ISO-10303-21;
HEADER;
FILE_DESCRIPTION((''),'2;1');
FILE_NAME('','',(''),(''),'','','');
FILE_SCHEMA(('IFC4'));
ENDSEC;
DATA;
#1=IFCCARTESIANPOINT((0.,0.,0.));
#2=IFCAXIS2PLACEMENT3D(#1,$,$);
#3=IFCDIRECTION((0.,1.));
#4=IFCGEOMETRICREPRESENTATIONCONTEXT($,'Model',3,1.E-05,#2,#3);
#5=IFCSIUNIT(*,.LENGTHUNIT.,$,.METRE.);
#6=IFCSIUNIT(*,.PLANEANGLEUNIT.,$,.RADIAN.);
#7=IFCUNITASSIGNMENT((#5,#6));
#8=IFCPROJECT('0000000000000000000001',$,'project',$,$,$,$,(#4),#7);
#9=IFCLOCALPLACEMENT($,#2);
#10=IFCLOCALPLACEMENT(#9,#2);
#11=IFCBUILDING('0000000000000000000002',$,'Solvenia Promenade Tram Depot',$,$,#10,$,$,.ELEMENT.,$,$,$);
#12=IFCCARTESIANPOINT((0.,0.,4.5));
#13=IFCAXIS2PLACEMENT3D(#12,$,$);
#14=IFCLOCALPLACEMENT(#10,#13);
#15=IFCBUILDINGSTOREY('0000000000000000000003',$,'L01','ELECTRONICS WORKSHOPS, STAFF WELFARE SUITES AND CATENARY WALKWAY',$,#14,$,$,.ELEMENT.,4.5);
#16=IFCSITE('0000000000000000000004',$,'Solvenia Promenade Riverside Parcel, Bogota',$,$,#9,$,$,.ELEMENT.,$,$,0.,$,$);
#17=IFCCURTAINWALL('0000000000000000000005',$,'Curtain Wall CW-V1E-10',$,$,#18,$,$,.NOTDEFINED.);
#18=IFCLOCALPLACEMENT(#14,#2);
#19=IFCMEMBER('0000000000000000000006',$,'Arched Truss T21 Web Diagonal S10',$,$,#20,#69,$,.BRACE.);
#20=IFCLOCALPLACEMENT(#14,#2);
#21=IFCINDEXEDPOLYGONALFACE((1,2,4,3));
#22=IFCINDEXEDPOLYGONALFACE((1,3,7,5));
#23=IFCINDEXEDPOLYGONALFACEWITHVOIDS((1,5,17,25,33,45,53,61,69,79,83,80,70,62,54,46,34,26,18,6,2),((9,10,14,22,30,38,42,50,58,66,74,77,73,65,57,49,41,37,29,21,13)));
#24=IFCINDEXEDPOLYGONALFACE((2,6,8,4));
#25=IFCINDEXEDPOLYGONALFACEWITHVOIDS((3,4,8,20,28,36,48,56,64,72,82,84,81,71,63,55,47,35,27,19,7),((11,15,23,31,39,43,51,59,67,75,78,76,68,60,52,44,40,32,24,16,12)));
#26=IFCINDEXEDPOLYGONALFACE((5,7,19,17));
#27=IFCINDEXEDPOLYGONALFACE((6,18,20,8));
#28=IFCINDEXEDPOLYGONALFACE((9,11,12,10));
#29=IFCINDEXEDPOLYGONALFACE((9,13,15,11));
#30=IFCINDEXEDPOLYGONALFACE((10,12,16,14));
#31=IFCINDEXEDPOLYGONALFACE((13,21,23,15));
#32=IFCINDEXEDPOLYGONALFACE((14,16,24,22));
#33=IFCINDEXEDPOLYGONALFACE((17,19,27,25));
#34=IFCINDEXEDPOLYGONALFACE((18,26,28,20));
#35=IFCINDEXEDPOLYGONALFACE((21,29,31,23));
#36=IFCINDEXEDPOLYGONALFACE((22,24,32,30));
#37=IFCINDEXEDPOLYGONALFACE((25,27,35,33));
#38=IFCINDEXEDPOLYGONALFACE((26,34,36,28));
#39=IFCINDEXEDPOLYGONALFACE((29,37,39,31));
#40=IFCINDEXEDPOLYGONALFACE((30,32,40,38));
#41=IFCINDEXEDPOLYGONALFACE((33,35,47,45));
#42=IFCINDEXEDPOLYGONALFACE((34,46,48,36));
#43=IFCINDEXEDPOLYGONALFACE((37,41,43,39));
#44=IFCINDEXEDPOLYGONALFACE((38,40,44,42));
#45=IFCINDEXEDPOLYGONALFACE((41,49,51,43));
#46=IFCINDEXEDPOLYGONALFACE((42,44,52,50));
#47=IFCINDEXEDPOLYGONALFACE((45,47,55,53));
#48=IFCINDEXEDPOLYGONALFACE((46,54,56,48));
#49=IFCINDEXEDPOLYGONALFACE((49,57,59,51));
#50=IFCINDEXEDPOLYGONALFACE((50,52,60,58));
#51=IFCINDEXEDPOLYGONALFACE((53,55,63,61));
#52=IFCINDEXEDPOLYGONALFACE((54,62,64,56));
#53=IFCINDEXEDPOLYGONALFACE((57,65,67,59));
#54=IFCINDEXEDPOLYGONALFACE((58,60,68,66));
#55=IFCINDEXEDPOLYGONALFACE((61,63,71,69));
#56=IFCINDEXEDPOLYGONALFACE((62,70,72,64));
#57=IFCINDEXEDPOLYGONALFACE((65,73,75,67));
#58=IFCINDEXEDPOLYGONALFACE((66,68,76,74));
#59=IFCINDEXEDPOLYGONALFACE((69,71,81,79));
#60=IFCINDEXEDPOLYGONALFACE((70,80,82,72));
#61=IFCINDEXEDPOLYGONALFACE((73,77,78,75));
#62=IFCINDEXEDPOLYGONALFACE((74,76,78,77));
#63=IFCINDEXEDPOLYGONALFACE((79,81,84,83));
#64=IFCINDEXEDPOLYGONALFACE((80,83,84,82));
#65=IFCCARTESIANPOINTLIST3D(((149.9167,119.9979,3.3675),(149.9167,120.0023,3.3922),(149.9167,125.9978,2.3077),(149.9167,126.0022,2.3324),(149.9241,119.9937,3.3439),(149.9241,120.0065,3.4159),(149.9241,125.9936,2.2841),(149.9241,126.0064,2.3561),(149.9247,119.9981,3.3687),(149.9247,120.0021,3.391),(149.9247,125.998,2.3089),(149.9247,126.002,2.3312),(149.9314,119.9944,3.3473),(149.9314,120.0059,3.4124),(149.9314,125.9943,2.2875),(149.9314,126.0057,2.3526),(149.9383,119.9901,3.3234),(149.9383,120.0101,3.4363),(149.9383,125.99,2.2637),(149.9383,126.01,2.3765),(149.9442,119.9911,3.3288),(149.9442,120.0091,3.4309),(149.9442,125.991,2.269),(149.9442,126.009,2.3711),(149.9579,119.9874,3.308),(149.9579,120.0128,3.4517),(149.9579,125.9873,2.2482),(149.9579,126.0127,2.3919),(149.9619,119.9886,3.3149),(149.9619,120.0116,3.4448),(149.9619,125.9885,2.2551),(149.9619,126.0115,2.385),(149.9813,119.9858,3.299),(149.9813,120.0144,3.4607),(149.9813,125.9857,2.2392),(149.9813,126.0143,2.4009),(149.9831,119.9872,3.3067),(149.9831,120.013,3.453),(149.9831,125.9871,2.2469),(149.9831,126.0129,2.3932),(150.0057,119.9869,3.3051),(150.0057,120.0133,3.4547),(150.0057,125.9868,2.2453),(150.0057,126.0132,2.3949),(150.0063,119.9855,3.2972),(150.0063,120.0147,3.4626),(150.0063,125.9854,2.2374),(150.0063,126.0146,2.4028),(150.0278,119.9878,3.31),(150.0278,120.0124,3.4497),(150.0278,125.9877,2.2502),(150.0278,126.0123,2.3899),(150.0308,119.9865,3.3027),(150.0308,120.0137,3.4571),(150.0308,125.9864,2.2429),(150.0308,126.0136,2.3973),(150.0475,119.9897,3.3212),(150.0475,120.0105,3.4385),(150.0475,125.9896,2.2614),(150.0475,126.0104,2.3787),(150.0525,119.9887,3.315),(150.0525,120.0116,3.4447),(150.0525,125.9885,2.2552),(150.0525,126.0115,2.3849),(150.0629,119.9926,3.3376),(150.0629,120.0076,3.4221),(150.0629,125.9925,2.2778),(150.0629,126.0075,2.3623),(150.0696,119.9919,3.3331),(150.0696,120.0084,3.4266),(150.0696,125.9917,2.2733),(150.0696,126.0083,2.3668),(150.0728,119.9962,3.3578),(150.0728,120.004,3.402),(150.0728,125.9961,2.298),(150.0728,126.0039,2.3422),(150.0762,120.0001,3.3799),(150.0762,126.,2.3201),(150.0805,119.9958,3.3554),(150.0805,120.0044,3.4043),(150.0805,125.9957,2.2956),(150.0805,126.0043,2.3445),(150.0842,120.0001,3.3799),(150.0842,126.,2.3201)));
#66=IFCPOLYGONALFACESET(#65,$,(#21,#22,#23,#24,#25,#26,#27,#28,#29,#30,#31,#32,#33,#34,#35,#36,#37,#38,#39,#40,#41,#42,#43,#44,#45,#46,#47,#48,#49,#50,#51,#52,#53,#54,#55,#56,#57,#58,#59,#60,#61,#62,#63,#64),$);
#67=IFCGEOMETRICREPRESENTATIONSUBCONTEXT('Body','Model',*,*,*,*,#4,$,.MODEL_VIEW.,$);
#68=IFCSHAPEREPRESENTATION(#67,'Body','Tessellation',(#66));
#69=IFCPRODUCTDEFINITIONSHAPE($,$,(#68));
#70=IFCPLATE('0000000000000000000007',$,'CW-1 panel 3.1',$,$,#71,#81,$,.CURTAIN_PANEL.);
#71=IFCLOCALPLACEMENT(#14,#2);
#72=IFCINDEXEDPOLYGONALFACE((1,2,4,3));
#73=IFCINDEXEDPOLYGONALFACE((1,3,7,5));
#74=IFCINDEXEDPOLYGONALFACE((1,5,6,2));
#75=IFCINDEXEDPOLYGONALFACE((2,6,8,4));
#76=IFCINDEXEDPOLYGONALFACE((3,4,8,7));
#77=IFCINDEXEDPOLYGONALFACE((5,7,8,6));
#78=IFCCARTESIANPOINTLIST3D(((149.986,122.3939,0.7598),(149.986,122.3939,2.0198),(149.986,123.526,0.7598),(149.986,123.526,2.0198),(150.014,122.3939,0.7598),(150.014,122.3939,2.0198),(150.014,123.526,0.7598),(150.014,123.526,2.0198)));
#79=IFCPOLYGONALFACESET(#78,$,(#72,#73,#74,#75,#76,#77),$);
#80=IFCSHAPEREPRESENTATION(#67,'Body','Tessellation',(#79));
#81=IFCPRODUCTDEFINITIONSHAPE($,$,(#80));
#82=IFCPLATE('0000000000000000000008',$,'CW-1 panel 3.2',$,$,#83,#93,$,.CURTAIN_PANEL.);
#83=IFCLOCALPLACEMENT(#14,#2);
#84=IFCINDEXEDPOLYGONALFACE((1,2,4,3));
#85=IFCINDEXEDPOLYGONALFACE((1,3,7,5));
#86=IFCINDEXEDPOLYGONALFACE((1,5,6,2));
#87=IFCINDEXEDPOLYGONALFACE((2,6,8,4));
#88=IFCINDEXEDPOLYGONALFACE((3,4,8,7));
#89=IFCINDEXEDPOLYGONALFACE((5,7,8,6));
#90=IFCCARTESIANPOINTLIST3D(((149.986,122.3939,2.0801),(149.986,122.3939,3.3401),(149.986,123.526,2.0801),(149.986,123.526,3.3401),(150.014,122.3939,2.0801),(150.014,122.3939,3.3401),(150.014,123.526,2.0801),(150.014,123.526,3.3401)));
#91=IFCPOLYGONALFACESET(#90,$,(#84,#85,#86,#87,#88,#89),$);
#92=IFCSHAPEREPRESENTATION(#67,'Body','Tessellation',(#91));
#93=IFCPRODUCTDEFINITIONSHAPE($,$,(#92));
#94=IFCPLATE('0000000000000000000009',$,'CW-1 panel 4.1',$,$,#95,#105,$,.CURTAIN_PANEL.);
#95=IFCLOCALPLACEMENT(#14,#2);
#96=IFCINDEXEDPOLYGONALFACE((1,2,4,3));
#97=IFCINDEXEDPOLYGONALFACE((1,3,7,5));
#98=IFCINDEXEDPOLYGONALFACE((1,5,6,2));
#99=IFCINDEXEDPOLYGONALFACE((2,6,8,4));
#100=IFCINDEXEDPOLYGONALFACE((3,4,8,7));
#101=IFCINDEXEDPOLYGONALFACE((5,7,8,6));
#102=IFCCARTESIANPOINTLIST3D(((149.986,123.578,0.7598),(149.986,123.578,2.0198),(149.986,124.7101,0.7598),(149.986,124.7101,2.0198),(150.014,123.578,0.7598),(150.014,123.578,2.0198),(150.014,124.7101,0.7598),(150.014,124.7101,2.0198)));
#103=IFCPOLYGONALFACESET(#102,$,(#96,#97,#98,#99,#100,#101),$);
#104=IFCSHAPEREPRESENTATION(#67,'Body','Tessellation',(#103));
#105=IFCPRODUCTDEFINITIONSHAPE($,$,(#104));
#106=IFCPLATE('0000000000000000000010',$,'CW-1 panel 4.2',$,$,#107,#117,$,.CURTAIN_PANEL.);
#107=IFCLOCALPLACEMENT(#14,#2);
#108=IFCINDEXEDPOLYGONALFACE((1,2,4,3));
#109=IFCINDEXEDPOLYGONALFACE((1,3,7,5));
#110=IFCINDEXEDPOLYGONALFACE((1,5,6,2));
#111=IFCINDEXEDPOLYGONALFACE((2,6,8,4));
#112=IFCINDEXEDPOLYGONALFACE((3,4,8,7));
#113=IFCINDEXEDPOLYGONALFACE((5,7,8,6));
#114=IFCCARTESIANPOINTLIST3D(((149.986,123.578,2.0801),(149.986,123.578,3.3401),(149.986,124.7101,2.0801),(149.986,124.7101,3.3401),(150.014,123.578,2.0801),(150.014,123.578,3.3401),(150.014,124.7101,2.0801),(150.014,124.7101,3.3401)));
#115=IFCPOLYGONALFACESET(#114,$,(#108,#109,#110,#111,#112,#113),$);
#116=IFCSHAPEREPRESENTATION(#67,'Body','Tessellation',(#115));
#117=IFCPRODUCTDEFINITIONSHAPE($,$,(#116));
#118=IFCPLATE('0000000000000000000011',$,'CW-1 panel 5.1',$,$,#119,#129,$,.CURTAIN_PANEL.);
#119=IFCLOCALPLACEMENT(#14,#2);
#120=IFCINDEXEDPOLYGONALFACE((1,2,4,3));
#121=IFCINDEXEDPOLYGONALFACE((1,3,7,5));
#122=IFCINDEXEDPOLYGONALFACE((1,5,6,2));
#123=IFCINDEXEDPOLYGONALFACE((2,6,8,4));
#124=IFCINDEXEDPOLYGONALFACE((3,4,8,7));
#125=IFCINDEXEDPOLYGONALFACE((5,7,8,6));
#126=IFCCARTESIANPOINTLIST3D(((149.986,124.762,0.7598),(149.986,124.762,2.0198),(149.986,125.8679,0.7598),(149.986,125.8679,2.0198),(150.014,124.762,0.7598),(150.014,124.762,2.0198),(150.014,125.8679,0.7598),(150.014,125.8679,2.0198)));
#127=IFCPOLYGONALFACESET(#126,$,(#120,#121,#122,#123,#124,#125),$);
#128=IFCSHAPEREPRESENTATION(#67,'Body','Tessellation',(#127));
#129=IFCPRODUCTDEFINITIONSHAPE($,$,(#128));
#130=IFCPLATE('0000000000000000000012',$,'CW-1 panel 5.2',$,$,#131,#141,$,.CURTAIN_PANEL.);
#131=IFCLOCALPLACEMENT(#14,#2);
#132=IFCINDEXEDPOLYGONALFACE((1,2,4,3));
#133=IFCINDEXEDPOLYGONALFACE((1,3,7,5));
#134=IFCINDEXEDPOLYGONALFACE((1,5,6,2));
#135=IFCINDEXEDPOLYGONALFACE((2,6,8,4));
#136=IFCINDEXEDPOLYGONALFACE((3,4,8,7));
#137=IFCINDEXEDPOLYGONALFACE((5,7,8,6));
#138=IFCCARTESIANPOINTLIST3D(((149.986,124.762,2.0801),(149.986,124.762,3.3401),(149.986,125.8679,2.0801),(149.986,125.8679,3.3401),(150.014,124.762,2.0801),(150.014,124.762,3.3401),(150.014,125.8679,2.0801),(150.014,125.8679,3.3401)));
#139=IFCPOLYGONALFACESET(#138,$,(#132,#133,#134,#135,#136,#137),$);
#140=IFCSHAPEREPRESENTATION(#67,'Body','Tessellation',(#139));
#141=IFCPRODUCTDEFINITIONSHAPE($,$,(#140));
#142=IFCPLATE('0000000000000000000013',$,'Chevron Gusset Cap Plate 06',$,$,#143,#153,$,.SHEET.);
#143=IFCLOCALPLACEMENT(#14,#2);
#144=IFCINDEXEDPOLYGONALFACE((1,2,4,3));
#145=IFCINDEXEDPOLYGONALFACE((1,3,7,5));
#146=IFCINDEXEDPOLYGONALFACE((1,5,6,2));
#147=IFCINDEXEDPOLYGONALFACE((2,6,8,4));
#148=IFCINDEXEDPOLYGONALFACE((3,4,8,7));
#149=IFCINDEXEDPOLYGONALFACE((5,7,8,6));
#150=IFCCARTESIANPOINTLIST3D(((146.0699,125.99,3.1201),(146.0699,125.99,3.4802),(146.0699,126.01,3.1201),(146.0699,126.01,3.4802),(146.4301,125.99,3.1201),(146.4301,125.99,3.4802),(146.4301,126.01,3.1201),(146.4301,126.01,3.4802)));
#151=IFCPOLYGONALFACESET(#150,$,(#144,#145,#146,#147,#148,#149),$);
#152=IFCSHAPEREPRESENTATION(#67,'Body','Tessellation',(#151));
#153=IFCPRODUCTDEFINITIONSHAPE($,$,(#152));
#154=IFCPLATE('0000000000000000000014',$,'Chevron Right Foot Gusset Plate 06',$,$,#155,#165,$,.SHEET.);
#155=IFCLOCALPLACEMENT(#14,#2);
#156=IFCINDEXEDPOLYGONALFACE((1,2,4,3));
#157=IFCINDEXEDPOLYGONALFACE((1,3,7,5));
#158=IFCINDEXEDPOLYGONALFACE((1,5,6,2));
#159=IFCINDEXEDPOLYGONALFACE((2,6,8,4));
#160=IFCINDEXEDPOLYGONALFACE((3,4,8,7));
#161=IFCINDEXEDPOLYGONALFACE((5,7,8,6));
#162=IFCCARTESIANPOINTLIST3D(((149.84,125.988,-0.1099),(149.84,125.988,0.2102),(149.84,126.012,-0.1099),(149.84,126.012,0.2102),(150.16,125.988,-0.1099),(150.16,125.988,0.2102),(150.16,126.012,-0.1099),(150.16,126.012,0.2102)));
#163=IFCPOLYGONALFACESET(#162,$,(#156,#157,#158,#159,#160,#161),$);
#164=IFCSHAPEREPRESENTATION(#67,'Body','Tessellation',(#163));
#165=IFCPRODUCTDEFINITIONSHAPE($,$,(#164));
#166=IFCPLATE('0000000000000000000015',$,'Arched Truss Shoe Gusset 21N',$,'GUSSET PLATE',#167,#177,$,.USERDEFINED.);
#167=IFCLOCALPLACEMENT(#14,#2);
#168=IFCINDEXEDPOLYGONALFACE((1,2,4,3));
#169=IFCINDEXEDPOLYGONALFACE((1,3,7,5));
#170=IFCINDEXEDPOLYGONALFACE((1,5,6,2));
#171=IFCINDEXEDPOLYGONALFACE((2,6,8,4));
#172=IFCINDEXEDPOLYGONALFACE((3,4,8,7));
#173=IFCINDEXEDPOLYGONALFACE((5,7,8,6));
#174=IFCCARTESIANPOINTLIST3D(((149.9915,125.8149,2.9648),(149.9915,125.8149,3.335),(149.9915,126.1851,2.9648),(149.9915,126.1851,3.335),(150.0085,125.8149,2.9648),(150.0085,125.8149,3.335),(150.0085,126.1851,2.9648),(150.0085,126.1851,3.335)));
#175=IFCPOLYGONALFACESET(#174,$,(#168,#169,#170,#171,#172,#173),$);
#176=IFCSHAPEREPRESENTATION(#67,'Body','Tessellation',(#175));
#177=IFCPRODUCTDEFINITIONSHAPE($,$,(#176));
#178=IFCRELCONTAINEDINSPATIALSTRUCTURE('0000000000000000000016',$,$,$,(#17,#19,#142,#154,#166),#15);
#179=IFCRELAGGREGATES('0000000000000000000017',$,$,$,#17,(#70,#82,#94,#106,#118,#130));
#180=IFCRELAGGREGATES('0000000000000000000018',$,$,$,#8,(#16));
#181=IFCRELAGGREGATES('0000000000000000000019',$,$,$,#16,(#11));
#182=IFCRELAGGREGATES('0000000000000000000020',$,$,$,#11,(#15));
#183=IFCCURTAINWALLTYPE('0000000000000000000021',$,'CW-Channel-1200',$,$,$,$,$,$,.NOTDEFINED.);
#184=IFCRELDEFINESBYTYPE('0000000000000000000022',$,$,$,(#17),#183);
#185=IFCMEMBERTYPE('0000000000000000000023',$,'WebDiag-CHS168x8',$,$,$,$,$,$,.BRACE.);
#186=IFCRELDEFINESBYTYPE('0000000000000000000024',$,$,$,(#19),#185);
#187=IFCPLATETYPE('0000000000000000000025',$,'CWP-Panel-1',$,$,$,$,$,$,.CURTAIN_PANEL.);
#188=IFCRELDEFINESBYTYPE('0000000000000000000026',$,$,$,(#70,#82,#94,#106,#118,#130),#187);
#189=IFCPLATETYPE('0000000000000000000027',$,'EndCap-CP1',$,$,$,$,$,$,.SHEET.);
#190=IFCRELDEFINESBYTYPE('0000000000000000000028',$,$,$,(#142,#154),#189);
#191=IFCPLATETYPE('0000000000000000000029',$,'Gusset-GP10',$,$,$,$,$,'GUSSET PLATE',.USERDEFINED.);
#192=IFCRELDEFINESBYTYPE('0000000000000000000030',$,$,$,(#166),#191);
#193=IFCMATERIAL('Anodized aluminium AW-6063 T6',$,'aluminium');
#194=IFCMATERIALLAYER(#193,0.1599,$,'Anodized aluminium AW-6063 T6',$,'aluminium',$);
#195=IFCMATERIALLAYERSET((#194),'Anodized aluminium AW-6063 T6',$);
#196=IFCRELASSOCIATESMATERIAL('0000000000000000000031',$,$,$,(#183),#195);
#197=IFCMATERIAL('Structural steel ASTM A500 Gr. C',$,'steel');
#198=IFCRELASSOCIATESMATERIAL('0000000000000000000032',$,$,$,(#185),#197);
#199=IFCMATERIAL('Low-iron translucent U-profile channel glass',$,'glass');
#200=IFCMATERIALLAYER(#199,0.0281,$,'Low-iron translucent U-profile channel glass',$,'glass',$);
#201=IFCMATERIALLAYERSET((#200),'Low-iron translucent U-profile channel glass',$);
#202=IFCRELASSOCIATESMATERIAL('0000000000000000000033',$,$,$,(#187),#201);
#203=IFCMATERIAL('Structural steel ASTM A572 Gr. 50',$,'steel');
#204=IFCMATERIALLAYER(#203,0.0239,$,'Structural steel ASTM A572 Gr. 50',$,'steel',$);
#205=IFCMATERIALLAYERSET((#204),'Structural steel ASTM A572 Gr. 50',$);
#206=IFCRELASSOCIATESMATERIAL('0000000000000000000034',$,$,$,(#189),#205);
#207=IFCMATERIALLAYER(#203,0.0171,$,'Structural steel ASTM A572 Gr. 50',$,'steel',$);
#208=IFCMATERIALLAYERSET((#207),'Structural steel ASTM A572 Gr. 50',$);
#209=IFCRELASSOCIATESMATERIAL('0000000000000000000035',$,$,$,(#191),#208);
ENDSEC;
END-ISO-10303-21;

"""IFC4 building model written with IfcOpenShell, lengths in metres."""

from ifc_helpers import new_model, si_unit, direction, frame, origin, origin_2d, place, context, subcontext, project, spatial, rectangle, hollow_circle, extrude, material, layer, layer_set, material_profile, profile_set, type_object, element, aggregate, save


model = new_model("IFC4")

# Units and contexts
model_context = context("Model", 3, precision=1e-05, world=origin(), true_north=direction((0.0, 1.0)))
body_context = subcontext(model_context, "Body", "Model", "MODEL_VIEW")
ifc_project = project(units=[si_unit("LENGTHUNIT", "METRE"), si_unit("PLANEANGLEUNIT", "RADIAN")], contexts=[model_context])

# Site, building, storey
site_placement = place(None, origin())
site = spatial("IfcSite", under=ifc_project, at=site_placement, Name="Solvenia Promenade Riverside Parcel, Bogota", CompositionType="ELEMENT", RefElevation=0.0)
building_placement = place(site_placement, origin())
building = spatial("IfcBuilding", under=site, at=building_placement, Name="Solvenia Promenade Tram Depot", CompositionType="ELEMENT")
storey_placement = place(building_placement, frame((0.0, 0.0, 4.5)))
storey = spatial("IfcBuildingStorey", under=building, at=storey_placement, Name="L01", Description="ELECTRONICS WORKSHOPS, STAFF WELFARE SUITES AND CATENARY WALKWAY", CompositionType="ELEMENT", Elevation=4.5)

# Shared definitions
ifc_material_1 = material(Name="Structural steel ASTM A500 Gr. C", Category="steel")

# Curtain wall
ifc_material_2 = material(Name="Anodized aluminium AW-6063 T6", Category="aluminium")
ifc_layer_1 = layer(ifc_material_2, 0.1599, Name="Anodized aluminium AW-6063 T6", Category="aluminium")
ifc_layer_set_1 = layer_set([ifc_layer_1], Name="Anodized aluminium AW-6063 T6")
curtain_wall_type = type_object("IfcCurtainWallType", Name="CW-Channel-1200", PredefinedType="NOTDEFINED", material=ifc_layer_set_1)
curtain_wall_placement = place(storey_placement, origin())
curtain_wall = element("IfcCurtainWall", 1, at=curtain_wall_placement, inside=storey, type_object=curtain_wall_type, Name="Curtain Wall CW-V1E-10", PredefinedType="NOTDEFINED")

# Member
ifc_material_profile_1 = material_profile(ifc_material_1, hollow_circle(Radius=0.0842, WallThickness=0.0081, at=origin_2d()), Name="CHS168.3x8", Category="steel")
ifc_profile_set_1 = profile_set([ifc_material_profile_1], Name="Structural steel ASTM A500 Gr. C")
member_type_1 = type_object("IfcMemberType", Name="WebDiag-CHS168x8", PredefinedType="BRACE", material=ifc_profile_set_1)
member_1_placement = place(storey_placement, frame((150.0, 126.0, 2.3201), z_axis=(0.0, -0.984756, 0.173943), x_axis=(1.0, 0.0, 0.0)))
element("IfcMember", 2, at=member_1_placement, inside=storey, type_object=member_type_1, Name="Arched Truss T21 Web Diagonal S10", PredefinedType="BRACE", context=body_context, shape_type="SweptSolid", body=[
    extrude(hollow_circle(Radius=0.0842, WallThickness=0.0081, at=origin_2d()), origin(), (0.0, 0.0, 1.0), 6.0928),
])

# Plates
ifc_material_3 = material(Name="Low-iron translucent U-profile channel glass", Category="glass")
ifc_layer_2 = layer(ifc_material_3, 0.0281, Name="Low-iron translucent U-profile channel glass", Category="glass")
ifc_layer_set_2 = layer_set([ifc_layer_2], Name="Low-iron translucent U-profile channel glass")
plate_type_1 = type_object("IfcPlateType", Name="CWP-Panel-1", PredefinedType="CURTAIN_PANEL", material=ifc_layer_set_2)
plate_1_placement = place(storey_placement, frame((150.0, 122.96, 0.7598), z_axis=(0.0, 0.0, 1.0), x_axis=(0.0, 1.0, 0.0)))
plate_1 = element("IfcPlate", 3, at=plate_1_placement, type_object=plate_type_1, Name="CW-1 panel 3.1", PredefinedType="CURTAIN_PANEL", context=body_context, shape_type="SweptSolid", body=[
    extrude(rectangle(XDim=1.1321, YDim=0.0281, at=origin_2d()), origin(), (0.0, 0.0, 1.0), 1.26),
])
plate_2_placement = place(storey_placement, frame((150.0, 122.96, 2.0801), z_axis=(0.0, 0.0, 1.0), x_axis=(0.0, 1.0, 0.0)))
plate_2 = element("IfcPlate", 4, at=plate_2_placement, type_object=plate_type_1, Name="CW-1 panel 3.2", PredefinedType="CURTAIN_PANEL", context=body_context, shape_type="SweptSolid", body=[
    extrude(rectangle(XDim=1.1321, YDim=0.0281, at=origin_2d()), origin(), (0.0, 0.0, 1.0), 1.26),
])
plate_3_placement = place(storey_placement, frame((150.0, 124.144, 0.7598), z_axis=(0.0, 0.0, 1.0), x_axis=(0.0, 1.0, 0.0)))
plate_3 = element("IfcPlate", 5, at=plate_3_placement, type_object=plate_type_1, Name="CW-1 panel 4.1", PredefinedType="CURTAIN_PANEL", context=body_context, shape_type="SweptSolid", body=[
    extrude(rectangle(XDim=1.1321, YDim=0.0281, at=origin_2d()), origin(), (0.0, 0.0, 1.0), 1.26),
])
plate_4_placement = place(storey_placement, frame((150.0, 124.144, 2.0801), z_axis=(0.0, 0.0, 1.0), x_axis=(0.0, 1.0, 0.0)))
plate_4 = element("IfcPlate", 6, at=plate_4_placement, type_object=plate_type_1, Name="CW-1 panel 4.2", PredefinedType="CURTAIN_PANEL", context=body_context, shape_type="SweptSolid", body=[
    extrude(rectangle(XDim=1.1321, YDim=0.0281, at=origin_2d()), origin(), (0.0, 0.0, 1.0), 1.26),
])
plate_5_placement = place(storey_placement, frame((150.0, 125.3149, 0.7598), z_axis=(0.0, 0.0, 1.0), x_axis=(0.0, 1.0, 0.0)))
plate_5 = element("IfcPlate", 7, at=plate_5_placement, type_object=plate_type_1, Name="CW-1 panel 5.1", PredefinedType="CURTAIN_PANEL", context=body_context, shape_type="SweptSolid", body=[
    extrude(rectangle(XDim=1.106, YDim=0.0281, at=origin_2d()), origin(), (0.0, 0.0, 1.0), 1.26),
])
plate_6_placement = place(storey_placement, frame((150.0, 125.3149, 2.0801), z_axis=(0.0, 0.0, 1.0), x_axis=(0.0, 1.0, 0.0)))
plate_6 = element("IfcPlate", 8, at=plate_6_placement, type_object=plate_type_1, Name="CW-1 panel 5.2", PredefinedType="CURTAIN_PANEL", context=body_context, shape_type="SweptSolid", body=[
    extrude(rectangle(XDim=1.106, YDim=0.0281, at=origin_2d()), origin(), (0.0, 0.0, 1.0), 1.26),
])
aggregate(curtain_wall, [plate_1, plate_2, plate_3, plate_4, plate_5, plate_6])

# Plates
ifc_material_4 = material(Name="Structural steel ASTM A572 Gr. 50", Category="steel")
ifc_layer_3 = layer(ifc_material_4, 0.0239, Name="Structural steel ASTM A572 Gr. 50", Category="steel")
ifc_layer_set_3 = layer_set([ifc_layer_3], Name="Structural steel ASTM A572 Gr. 50")
plate_type_2 = type_object("IfcPlateType", Name="EndCap-CP1", PredefinedType="SHEET", material=ifc_layer_set_3)
plate_7_placement = place(storey_placement, frame((146.25, 126.0, 3.1201), z_axis=(0.0, 0.0, 1.0), x_axis=(1.0, 0.0, 0.0)))
element("IfcPlate", 9, at=plate_7_placement, inside=storey, type_object=plate_type_2, Name="Chevron Gusset Cap Plate 06", PredefinedType="SHEET", context=body_context, shape_type="SweptSolid", body=[
    extrude(rectangle(XDim=0.3601, YDim=0.02, at=origin_2d()), origin(), (0.0, 0.0, 1.0), 0.3601),
])
plate_8_placement = place(storey_placement, frame((150.0, 126.0, -0.1099), z_axis=(0.0, 0.0, 1.0), x_axis=(1.0, 0.0, 0.0)))
element("IfcPlate", 10, at=plate_8_placement, inside=storey, type_object=plate_type_2, Name="Chevron Right Foot Gusset Plate 06", PredefinedType="SHEET", context=body_context, shape_type="SweptSolid", body=[
    extrude(rectangle(XDim=0.3201, YDim=0.0239, at=origin_2d()), origin(), (0.0, 0.0, 1.0), 0.3201),
])
ifc_layer_4 = layer(ifc_material_4, 0.0171, Name="Structural steel ASTM A572 Gr. 50", Category="steel")
ifc_layer_set_4 = layer_set([ifc_layer_4], Name="Structural steel ASTM A572 Gr. 50")
plate_type_3 = type_object("IfcPlateType", Name="Gusset-GP10", ElementType="GUSSET PLATE", PredefinedType="USERDEFINED", material=ifc_layer_set_4)
plate_9_placement = place(storey_placement, frame((150.0, 126.0, 2.9648), z_axis=(0.0, 0.0, 1.0), x_axis=(1.0, 0.0, 0.0)))
element("IfcPlate", 11, at=plate_9_placement, inside=storey, type_object=plate_type_3, Name="Arched Truss Shoe Gusset 21N", ObjectType="GUSSET PLATE", PredefinedType="USERDEFINED", context=body_context, shape_type="SweptSolid", body=[
    extrude(rectangle(XDim=0.0171, YDim=0.3701, at=origin_2d()), origin(), (0.0, 0.0, 1.0), 0.3701),
])

save(model, "model.ifc")
